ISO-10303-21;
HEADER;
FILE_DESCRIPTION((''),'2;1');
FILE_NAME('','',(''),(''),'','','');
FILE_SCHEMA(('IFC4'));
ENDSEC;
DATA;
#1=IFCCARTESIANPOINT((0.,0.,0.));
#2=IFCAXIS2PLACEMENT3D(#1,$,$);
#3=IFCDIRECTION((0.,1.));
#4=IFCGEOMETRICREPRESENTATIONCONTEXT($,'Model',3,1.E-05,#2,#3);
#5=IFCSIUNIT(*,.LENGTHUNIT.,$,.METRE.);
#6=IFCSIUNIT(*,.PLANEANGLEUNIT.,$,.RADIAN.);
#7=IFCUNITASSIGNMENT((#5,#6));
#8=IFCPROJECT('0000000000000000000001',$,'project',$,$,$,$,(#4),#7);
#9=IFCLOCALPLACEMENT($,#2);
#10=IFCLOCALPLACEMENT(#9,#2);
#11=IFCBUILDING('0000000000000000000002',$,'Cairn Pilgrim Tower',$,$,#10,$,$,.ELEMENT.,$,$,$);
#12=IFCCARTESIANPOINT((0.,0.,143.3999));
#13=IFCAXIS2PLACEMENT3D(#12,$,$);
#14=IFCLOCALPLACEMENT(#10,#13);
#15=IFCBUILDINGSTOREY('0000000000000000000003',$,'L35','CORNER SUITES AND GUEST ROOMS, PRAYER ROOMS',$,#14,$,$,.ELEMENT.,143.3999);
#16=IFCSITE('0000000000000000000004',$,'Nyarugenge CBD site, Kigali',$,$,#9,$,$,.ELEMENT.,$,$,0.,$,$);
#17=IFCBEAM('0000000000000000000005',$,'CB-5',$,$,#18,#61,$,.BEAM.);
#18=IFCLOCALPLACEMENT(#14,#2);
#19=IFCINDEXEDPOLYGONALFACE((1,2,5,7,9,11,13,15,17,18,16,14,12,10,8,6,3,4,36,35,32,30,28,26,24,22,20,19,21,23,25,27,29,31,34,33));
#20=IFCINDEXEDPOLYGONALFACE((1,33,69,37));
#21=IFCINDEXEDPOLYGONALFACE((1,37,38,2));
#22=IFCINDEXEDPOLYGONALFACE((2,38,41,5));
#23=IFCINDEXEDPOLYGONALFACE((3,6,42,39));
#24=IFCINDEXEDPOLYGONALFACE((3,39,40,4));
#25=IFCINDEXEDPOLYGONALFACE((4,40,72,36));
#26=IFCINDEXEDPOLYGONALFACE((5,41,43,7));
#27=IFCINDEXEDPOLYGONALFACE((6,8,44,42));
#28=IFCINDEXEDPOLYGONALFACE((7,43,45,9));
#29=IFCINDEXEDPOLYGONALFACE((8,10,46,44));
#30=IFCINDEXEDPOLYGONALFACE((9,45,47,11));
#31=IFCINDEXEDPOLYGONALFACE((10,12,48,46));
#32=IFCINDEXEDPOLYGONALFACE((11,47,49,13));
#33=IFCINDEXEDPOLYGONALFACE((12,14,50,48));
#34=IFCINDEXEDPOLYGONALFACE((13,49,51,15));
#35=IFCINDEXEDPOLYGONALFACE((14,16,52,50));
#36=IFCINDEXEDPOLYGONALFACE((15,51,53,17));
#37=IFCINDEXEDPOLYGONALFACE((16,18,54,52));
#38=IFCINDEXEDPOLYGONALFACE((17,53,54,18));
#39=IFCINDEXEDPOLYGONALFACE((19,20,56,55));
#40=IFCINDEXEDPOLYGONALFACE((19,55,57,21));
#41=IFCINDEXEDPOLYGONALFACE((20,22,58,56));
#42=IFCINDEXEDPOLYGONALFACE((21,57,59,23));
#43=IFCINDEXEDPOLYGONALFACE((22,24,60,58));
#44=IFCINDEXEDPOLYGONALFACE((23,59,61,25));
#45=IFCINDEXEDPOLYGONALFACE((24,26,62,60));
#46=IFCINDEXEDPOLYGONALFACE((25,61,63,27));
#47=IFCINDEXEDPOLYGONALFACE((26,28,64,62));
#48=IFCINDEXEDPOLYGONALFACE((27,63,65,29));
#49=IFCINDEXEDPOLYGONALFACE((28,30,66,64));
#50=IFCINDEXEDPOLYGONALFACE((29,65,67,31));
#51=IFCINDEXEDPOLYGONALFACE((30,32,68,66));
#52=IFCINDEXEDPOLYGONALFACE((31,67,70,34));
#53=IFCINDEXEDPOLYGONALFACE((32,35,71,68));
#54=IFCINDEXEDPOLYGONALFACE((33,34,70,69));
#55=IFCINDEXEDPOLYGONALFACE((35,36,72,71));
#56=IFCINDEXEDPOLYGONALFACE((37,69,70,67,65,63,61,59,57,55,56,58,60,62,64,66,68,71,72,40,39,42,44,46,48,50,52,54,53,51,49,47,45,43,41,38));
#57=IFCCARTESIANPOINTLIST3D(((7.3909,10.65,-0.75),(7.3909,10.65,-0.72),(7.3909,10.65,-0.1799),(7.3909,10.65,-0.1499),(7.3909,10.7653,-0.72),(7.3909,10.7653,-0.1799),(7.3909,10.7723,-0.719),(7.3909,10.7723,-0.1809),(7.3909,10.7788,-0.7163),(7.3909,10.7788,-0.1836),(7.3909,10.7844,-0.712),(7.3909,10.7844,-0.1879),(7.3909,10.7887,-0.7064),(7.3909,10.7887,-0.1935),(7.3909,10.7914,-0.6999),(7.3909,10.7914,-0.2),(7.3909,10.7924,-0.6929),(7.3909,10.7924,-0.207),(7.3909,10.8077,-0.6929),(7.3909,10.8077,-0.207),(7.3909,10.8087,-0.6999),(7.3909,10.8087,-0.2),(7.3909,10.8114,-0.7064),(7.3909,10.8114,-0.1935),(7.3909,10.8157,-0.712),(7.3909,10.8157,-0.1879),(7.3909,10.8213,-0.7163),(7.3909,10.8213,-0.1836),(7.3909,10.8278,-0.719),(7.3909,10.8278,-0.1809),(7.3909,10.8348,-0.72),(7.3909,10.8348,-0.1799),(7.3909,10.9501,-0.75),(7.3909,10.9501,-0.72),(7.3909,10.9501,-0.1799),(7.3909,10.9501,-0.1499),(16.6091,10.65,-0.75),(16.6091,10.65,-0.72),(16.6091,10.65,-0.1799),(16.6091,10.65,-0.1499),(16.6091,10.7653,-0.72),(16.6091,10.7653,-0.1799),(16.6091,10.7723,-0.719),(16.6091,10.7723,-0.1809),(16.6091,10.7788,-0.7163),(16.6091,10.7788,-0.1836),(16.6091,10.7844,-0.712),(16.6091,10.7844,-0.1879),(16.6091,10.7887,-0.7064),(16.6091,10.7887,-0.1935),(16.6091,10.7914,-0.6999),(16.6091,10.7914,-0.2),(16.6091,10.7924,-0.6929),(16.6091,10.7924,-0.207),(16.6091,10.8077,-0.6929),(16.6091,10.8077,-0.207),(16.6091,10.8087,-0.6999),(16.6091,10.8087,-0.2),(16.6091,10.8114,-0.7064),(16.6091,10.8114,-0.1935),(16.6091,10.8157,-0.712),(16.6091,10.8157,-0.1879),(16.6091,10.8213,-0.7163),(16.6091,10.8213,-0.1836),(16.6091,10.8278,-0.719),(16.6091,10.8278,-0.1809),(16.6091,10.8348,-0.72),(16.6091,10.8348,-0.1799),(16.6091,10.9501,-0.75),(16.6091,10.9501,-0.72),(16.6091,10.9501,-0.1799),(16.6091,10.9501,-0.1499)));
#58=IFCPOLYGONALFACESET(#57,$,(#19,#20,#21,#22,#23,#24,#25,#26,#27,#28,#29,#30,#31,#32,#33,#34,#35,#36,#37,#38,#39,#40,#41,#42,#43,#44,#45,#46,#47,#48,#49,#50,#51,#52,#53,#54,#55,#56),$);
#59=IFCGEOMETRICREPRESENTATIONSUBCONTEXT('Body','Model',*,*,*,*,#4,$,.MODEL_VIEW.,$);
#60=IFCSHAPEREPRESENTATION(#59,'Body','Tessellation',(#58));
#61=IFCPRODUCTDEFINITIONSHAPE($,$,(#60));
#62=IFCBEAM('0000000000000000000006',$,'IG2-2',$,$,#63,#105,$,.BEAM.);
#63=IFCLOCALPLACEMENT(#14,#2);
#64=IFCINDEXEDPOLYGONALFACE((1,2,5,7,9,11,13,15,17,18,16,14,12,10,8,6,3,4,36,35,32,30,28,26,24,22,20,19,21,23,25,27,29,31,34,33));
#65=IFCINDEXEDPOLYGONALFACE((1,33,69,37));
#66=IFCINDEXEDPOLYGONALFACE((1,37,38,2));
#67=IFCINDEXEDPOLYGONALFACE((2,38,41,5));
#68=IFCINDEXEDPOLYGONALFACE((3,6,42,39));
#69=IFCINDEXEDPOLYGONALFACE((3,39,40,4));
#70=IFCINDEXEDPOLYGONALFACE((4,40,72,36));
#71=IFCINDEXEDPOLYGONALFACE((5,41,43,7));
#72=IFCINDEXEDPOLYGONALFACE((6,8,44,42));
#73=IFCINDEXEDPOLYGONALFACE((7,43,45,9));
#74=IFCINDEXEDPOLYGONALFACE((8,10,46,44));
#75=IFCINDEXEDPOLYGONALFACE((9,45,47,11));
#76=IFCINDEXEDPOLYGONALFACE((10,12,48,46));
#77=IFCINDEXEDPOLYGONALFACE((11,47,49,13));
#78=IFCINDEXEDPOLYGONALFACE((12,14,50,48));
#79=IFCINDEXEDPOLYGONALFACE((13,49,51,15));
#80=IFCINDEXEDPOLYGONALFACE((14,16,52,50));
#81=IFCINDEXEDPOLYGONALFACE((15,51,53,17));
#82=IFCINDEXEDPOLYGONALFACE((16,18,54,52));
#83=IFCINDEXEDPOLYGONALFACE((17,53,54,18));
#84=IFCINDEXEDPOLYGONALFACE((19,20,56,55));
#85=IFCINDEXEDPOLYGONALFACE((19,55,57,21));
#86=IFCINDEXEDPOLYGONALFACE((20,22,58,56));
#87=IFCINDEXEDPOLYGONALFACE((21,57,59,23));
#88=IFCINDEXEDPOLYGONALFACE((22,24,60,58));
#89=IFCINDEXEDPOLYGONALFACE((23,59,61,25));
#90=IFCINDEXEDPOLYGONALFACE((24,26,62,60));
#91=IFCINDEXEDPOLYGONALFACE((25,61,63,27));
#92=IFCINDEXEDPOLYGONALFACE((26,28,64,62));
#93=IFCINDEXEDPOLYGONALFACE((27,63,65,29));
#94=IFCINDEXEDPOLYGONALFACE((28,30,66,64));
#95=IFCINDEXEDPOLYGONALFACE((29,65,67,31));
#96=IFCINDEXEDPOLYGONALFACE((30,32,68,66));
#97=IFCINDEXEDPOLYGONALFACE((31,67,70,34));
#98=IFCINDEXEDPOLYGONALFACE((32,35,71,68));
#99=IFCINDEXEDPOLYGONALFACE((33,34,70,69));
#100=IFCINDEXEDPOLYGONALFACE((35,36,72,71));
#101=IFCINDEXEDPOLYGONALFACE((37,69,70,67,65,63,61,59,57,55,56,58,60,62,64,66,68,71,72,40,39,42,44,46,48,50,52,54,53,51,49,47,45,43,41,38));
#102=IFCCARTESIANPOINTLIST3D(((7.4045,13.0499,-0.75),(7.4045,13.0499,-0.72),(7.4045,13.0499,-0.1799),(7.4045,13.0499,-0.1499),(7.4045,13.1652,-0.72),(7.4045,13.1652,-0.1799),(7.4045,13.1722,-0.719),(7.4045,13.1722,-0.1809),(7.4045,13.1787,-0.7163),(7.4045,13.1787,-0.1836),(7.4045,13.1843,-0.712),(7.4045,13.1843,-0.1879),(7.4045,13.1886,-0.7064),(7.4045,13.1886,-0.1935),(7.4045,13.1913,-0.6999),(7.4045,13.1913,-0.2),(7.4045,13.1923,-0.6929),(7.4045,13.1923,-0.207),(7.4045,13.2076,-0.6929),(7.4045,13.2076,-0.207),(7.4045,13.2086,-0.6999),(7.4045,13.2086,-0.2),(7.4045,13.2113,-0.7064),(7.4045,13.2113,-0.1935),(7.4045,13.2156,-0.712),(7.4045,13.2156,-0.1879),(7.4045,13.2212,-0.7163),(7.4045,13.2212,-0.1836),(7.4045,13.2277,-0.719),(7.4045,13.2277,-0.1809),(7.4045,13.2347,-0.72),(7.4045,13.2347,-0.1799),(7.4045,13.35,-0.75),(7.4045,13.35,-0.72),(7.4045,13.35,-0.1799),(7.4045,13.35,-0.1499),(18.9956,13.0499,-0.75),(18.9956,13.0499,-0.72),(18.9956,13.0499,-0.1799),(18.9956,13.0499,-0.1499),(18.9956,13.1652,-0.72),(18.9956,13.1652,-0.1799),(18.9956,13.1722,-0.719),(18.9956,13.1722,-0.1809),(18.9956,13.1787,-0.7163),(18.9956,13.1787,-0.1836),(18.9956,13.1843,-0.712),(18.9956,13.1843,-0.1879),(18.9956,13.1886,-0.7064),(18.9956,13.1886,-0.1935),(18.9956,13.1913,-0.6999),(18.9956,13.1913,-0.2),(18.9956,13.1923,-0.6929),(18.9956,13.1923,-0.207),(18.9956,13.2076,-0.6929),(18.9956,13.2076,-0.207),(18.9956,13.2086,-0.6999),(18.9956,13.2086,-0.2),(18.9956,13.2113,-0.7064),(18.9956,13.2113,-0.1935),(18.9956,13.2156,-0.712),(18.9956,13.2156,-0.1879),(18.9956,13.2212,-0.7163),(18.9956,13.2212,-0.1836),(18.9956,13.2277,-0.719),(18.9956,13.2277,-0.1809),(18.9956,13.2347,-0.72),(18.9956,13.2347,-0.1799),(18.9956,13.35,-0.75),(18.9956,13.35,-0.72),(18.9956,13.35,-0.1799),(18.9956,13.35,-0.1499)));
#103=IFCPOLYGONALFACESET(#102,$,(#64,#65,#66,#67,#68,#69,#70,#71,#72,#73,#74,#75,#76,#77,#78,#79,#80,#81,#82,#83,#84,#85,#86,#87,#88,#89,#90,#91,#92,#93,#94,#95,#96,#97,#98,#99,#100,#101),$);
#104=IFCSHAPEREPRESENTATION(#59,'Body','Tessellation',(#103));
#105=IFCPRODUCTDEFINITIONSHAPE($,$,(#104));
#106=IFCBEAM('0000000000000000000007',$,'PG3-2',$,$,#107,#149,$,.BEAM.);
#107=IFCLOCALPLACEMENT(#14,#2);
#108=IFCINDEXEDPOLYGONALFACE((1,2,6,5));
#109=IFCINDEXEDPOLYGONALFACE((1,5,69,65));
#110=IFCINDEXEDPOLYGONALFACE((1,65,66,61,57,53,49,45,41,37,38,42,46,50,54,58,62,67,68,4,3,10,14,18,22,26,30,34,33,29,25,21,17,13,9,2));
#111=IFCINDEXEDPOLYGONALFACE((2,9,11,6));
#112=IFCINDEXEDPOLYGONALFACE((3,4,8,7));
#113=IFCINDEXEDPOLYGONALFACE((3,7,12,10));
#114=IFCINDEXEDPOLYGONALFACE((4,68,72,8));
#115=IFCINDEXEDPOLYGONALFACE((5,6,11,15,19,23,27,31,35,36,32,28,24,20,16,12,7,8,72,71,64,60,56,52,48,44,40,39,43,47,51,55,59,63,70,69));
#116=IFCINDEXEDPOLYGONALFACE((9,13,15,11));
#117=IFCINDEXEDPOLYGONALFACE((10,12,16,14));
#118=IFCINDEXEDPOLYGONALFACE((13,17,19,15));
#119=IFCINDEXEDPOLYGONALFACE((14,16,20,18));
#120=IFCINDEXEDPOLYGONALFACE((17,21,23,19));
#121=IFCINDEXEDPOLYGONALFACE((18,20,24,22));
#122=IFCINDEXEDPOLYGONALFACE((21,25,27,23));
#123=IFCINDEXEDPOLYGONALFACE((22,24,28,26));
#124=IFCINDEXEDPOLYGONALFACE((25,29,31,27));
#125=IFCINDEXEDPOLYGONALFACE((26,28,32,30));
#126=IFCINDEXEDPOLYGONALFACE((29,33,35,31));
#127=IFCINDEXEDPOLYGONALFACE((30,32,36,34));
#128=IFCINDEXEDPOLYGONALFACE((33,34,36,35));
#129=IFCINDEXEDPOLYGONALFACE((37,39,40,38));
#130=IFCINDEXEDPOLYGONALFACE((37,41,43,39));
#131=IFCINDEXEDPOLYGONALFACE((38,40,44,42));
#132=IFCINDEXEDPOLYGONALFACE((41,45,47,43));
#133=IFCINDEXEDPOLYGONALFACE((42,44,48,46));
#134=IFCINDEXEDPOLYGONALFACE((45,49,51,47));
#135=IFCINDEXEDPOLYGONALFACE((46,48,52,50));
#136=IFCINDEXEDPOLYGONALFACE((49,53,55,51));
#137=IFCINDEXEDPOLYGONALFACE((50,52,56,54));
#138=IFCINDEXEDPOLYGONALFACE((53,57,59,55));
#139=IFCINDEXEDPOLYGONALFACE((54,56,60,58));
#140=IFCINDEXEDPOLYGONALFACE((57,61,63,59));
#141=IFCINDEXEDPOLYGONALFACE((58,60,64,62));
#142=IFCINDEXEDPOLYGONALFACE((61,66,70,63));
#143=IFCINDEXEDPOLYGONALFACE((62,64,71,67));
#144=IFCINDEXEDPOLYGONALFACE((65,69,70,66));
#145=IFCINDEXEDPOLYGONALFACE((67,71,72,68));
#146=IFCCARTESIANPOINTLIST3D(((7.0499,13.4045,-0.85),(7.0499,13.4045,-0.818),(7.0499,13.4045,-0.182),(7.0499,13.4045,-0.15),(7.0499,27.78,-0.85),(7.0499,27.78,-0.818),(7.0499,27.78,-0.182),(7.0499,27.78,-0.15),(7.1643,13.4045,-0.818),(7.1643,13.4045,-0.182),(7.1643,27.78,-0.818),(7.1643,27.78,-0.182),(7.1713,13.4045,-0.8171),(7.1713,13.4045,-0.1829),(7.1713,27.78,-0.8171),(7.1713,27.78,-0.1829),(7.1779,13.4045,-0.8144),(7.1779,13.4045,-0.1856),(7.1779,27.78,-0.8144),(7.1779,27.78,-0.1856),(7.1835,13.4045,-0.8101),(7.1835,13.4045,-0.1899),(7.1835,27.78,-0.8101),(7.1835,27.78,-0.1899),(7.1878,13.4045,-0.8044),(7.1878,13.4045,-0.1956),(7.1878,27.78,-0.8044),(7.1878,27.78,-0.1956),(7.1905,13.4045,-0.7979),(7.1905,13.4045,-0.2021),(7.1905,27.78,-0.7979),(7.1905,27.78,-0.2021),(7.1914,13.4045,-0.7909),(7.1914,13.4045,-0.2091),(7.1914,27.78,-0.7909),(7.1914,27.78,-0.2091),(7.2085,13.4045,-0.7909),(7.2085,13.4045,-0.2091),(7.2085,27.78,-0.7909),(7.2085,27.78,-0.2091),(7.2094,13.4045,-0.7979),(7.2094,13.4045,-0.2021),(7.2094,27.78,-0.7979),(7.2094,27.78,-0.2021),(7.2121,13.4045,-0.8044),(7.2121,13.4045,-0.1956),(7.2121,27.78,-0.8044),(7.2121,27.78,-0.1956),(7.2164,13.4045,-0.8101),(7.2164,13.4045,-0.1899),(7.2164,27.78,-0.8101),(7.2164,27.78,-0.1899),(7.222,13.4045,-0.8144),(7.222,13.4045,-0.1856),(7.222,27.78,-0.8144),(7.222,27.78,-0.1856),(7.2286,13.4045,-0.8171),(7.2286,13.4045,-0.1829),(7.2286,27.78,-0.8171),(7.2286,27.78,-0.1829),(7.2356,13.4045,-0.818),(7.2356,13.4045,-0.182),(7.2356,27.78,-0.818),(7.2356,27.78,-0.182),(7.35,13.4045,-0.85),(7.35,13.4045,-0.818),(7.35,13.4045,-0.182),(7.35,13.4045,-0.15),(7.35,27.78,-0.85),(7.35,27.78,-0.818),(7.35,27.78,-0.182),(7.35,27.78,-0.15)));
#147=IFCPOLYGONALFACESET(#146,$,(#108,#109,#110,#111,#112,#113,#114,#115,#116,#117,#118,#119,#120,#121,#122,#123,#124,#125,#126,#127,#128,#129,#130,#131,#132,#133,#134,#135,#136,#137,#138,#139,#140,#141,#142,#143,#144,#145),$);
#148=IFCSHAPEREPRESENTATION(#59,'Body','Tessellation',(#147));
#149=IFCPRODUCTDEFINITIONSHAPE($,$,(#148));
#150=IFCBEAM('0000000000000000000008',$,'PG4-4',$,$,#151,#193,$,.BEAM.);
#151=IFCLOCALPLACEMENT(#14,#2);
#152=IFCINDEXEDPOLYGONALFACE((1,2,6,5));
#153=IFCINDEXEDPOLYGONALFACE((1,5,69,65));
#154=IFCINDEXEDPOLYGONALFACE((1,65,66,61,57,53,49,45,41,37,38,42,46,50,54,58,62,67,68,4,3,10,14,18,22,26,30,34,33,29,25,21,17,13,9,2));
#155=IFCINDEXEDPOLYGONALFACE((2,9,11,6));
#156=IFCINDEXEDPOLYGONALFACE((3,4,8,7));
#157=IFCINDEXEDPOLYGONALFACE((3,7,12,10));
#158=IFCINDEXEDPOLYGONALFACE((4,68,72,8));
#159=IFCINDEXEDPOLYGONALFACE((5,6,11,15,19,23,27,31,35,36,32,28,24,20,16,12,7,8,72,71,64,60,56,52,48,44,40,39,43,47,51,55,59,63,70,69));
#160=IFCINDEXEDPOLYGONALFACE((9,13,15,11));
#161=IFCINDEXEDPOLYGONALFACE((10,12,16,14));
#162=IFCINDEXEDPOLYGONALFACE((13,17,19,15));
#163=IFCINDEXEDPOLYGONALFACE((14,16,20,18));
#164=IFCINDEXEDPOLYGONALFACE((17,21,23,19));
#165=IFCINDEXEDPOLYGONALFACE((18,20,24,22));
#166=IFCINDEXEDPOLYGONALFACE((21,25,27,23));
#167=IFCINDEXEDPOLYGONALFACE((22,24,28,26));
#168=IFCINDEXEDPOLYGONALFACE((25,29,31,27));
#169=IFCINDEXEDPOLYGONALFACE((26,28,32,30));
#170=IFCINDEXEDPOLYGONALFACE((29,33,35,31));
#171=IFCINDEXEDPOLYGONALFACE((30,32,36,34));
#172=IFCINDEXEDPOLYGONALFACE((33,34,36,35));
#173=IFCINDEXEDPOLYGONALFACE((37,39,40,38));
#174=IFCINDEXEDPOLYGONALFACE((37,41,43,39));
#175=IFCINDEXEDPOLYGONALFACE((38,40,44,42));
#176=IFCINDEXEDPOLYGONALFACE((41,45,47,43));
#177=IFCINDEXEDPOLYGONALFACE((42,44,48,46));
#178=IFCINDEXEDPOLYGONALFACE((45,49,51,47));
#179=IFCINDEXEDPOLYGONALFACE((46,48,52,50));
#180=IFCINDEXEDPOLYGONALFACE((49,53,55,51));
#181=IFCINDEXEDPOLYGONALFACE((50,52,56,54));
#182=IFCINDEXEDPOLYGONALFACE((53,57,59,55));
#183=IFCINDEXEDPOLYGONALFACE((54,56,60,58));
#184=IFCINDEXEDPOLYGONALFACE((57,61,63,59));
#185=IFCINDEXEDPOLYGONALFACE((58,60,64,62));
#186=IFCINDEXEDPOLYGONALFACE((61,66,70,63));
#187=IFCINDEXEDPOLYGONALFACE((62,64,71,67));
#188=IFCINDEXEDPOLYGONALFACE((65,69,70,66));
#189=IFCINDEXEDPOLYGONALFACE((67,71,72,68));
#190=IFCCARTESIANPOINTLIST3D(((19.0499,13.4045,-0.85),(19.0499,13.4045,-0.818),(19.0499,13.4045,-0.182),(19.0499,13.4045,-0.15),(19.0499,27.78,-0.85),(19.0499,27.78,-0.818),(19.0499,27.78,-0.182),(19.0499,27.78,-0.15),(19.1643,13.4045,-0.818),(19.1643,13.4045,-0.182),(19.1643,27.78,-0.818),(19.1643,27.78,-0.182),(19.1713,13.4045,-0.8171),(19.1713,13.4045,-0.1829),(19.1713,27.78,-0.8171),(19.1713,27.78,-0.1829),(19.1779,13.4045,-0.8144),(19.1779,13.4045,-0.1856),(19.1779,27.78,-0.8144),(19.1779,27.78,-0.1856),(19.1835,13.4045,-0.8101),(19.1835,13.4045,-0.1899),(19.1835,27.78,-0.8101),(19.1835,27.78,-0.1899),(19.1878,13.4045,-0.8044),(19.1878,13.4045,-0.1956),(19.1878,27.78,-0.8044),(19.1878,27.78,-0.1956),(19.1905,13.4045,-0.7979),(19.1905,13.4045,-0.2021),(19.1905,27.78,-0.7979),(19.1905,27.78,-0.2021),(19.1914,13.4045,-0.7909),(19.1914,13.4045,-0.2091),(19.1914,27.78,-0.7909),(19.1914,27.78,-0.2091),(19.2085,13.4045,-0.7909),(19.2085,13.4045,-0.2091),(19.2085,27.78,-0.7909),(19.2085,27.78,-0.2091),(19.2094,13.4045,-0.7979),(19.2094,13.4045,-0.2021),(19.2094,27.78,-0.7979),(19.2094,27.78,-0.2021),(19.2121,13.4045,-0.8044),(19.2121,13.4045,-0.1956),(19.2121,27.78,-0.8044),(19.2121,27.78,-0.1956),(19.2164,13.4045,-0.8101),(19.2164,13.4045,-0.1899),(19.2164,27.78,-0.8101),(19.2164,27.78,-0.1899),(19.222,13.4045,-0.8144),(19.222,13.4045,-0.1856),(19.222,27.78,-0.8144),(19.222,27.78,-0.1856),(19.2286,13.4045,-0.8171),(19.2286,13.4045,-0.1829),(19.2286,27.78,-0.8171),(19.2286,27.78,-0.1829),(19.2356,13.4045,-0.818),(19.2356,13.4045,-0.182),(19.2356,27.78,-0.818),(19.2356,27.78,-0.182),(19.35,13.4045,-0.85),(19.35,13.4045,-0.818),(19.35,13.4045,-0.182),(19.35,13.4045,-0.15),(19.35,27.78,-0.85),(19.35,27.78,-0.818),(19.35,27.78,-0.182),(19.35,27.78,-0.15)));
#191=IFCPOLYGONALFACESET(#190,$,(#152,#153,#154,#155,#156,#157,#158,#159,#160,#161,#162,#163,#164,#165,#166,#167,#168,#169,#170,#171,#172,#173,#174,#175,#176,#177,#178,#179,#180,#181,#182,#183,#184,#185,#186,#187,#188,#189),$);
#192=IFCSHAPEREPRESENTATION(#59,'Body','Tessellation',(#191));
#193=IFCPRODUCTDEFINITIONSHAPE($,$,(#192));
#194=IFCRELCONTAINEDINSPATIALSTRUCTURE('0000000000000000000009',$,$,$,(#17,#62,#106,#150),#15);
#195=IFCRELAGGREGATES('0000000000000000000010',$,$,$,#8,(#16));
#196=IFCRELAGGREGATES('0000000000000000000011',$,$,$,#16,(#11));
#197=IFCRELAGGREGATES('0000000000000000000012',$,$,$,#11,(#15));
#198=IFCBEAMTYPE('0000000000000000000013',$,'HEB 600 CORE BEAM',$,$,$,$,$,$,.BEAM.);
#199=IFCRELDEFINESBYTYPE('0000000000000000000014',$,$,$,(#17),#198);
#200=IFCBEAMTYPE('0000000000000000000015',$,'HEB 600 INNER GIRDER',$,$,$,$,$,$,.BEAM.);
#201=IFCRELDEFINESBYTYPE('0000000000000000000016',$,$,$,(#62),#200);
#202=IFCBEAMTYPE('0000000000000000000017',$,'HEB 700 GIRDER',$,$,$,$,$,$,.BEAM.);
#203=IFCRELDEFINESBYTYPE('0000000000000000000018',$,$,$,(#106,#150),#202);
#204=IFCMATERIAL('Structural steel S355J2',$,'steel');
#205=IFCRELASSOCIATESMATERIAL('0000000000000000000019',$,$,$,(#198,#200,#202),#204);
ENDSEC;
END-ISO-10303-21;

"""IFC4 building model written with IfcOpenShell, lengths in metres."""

from ifc_helpers import new_model, si_unit, direction, frame, origin, origin_2d, place, context, subcontext, project, spatial, i_section, extrude, material, material_profile, profile_set, type_object, element, save


model = new_model("IFC4")

# Units and contexts
model_context = context("Model", 3, precision=1e-05, world=origin(), true_north=direction((0.0, 1.0)))
body_context = subcontext(model_context, "Body", "Model", "MODEL_VIEW")
ifc_project = project(units=[si_unit("LENGTHUNIT", "METRE"), si_unit("PLANEANGLEUNIT", "RADIAN")], contexts=[model_context])

# Site, building, storey
site_placement = place(None, origin())
site = spatial("IfcSite", under=ifc_project, at=site_placement, Name="Nyarugenge CBD site, Kigali", CompositionType="ELEMENT", RefElevation=0.0)
building_placement = place(site_placement, origin())
building = spatial("IfcBuilding", under=site, at=building_placement, Name="Cairn Pilgrim Tower", CompositionType="ELEMENT")
storey_placement = place(building_placement, frame((0.0, 0.0, 143.3999)))
storey = spatial("IfcBuildingStorey", under=building, at=storey_placement, Name="L35", Description="CORNER SUITES AND GUEST ROOMS, PRAYER ROOMS", CompositionType="ELEMENT", Elevation=143.3999)

# Beams
ifc_material_1 = material(Name="Structural steel S355J2", Category="steel")
ifc_material_profile_1 = material_profile(ifc_material_1, i_section(OverallWidth=0.3, OverallDepth=0.6001, WebThickness=0.0154, FlangeThickness=0.03, FilletRadius=0.0271, at=origin_2d()), Name="HEB 600")
ifc_profile_set_1 = profile_set([ifc_material_profile_1], Name="Structural steel S355J2")
beam_type_1 = type_object("IfcBeamType", Name="HEB 600 CORE BEAM", PredefinedType="BEAM", material=ifc_profile_set_1)
beam_1_placement = place(storey_placement, frame((16.6091, 10.8, -0.45), z_axis=(-1.0, 0.0, 0.0), x_axis=(0.0, -1.0, 0.0)))
element("IfcBeam", 1, at=beam_1_placement, inside=storey, type_object=beam_type_1, Name="CB-5", PredefinedType="BEAM", context=body_context, shape_type="SweptSolid", body=[
    extrude(i_section(OverallWidth=0.3, OverallDepth=0.6001, WebThickness=0.0154, FlangeThickness=0.03, FilletRadius=0.0271, at=origin_2d()), origin(), (0.0, 0.0, 1.0), 9.2183),
])
ifc_material_profile_2 = material_profile(ifc_material_1, i_section(OverallWidth=0.3, OverallDepth=0.6001, WebThickness=0.0154, FlangeThickness=0.03, FilletRadius=0.0271, at=origin_2d()), Name="HEB 600")
ifc_profile_set_2 = profile_set([ifc_material_profile_2], Name="Structural steel S355J2")
beam_type_2 = type_object("IfcBeamType", Name="HEB 600 INNER GIRDER", PredefinedType="BEAM", material=ifc_profile_set_2)
beam_2_placement = place(storey_placement, frame((7.4045, 13.2, -0.45), z_axis=(1.0, 0.0, 0.0), x_axis=(0.0, 1.0, 0.0)))
element("IfcBeam", 2, at=beam_2_placement, inside=storey, type_object=beam_type_2, Name="IG2-2", PredefinedType="BEAM", context=body_context, shape_type="SweptSolid", body=[
    extrude(i_section(OverallWidth=0.3, OverallDepth=0.6001, WebThickness=0.0154, FlangeThickness=0.03, FilletRadius=0.0271, at=origin_2d()), origin(), (0.0, 0.0, 1.0), 11.5911),
])
ifc_material_profile_3 = material_profile(ifc_material_1, i_section(OverallWidth=0.3, OverallDepth=0.7, WebThickness=0.0171, FlangeThickness=0.032, FilletRadius=0.0271, at=origin_2d()), Name="HEB 700")
ifc_profile_set_3 = profile_set([ifc_material_profile_3], Name="Structural steel S355J2")
beam_type_3 = type_object("IfcBeamType", Name="HEB 700 GIRDER", PredefinedType="BEAM", material=ifc_profile_set_3)
for number, where, z_axis, x_axis, name in (
    (3, (7.2, 13.4045, -0.5), (0.0, 1.0, 0.0), (-1.0, 0.0, 0.0), "PG3-2"),
    (4, (19.2, 13.4045, -0.5), (0.0, 1.0, 0.0), (-1.0, 0.0, 0.0), "PG4-4"),
):
    element("IfcBeam", number, at=place(storey_placement, frame(where, z_axis=z_axis, x_axis=x_axis)), inside=storey, type_object=beam_type_3, Name=name, PredefinedType="BEAM", context=body_context, shape_type="SweptSolid", body=[
        extrude(i_section(OverallWidth=0.3, OverallDepth=0.7, WebThickness=0.0171, FlangeThickness=0.032, FilletRadius=0.0271, at=origin_2d()), origin(), (0.0, 0.0, 1.0), 14.3755),
    ])

save(model, "model.ifc")
